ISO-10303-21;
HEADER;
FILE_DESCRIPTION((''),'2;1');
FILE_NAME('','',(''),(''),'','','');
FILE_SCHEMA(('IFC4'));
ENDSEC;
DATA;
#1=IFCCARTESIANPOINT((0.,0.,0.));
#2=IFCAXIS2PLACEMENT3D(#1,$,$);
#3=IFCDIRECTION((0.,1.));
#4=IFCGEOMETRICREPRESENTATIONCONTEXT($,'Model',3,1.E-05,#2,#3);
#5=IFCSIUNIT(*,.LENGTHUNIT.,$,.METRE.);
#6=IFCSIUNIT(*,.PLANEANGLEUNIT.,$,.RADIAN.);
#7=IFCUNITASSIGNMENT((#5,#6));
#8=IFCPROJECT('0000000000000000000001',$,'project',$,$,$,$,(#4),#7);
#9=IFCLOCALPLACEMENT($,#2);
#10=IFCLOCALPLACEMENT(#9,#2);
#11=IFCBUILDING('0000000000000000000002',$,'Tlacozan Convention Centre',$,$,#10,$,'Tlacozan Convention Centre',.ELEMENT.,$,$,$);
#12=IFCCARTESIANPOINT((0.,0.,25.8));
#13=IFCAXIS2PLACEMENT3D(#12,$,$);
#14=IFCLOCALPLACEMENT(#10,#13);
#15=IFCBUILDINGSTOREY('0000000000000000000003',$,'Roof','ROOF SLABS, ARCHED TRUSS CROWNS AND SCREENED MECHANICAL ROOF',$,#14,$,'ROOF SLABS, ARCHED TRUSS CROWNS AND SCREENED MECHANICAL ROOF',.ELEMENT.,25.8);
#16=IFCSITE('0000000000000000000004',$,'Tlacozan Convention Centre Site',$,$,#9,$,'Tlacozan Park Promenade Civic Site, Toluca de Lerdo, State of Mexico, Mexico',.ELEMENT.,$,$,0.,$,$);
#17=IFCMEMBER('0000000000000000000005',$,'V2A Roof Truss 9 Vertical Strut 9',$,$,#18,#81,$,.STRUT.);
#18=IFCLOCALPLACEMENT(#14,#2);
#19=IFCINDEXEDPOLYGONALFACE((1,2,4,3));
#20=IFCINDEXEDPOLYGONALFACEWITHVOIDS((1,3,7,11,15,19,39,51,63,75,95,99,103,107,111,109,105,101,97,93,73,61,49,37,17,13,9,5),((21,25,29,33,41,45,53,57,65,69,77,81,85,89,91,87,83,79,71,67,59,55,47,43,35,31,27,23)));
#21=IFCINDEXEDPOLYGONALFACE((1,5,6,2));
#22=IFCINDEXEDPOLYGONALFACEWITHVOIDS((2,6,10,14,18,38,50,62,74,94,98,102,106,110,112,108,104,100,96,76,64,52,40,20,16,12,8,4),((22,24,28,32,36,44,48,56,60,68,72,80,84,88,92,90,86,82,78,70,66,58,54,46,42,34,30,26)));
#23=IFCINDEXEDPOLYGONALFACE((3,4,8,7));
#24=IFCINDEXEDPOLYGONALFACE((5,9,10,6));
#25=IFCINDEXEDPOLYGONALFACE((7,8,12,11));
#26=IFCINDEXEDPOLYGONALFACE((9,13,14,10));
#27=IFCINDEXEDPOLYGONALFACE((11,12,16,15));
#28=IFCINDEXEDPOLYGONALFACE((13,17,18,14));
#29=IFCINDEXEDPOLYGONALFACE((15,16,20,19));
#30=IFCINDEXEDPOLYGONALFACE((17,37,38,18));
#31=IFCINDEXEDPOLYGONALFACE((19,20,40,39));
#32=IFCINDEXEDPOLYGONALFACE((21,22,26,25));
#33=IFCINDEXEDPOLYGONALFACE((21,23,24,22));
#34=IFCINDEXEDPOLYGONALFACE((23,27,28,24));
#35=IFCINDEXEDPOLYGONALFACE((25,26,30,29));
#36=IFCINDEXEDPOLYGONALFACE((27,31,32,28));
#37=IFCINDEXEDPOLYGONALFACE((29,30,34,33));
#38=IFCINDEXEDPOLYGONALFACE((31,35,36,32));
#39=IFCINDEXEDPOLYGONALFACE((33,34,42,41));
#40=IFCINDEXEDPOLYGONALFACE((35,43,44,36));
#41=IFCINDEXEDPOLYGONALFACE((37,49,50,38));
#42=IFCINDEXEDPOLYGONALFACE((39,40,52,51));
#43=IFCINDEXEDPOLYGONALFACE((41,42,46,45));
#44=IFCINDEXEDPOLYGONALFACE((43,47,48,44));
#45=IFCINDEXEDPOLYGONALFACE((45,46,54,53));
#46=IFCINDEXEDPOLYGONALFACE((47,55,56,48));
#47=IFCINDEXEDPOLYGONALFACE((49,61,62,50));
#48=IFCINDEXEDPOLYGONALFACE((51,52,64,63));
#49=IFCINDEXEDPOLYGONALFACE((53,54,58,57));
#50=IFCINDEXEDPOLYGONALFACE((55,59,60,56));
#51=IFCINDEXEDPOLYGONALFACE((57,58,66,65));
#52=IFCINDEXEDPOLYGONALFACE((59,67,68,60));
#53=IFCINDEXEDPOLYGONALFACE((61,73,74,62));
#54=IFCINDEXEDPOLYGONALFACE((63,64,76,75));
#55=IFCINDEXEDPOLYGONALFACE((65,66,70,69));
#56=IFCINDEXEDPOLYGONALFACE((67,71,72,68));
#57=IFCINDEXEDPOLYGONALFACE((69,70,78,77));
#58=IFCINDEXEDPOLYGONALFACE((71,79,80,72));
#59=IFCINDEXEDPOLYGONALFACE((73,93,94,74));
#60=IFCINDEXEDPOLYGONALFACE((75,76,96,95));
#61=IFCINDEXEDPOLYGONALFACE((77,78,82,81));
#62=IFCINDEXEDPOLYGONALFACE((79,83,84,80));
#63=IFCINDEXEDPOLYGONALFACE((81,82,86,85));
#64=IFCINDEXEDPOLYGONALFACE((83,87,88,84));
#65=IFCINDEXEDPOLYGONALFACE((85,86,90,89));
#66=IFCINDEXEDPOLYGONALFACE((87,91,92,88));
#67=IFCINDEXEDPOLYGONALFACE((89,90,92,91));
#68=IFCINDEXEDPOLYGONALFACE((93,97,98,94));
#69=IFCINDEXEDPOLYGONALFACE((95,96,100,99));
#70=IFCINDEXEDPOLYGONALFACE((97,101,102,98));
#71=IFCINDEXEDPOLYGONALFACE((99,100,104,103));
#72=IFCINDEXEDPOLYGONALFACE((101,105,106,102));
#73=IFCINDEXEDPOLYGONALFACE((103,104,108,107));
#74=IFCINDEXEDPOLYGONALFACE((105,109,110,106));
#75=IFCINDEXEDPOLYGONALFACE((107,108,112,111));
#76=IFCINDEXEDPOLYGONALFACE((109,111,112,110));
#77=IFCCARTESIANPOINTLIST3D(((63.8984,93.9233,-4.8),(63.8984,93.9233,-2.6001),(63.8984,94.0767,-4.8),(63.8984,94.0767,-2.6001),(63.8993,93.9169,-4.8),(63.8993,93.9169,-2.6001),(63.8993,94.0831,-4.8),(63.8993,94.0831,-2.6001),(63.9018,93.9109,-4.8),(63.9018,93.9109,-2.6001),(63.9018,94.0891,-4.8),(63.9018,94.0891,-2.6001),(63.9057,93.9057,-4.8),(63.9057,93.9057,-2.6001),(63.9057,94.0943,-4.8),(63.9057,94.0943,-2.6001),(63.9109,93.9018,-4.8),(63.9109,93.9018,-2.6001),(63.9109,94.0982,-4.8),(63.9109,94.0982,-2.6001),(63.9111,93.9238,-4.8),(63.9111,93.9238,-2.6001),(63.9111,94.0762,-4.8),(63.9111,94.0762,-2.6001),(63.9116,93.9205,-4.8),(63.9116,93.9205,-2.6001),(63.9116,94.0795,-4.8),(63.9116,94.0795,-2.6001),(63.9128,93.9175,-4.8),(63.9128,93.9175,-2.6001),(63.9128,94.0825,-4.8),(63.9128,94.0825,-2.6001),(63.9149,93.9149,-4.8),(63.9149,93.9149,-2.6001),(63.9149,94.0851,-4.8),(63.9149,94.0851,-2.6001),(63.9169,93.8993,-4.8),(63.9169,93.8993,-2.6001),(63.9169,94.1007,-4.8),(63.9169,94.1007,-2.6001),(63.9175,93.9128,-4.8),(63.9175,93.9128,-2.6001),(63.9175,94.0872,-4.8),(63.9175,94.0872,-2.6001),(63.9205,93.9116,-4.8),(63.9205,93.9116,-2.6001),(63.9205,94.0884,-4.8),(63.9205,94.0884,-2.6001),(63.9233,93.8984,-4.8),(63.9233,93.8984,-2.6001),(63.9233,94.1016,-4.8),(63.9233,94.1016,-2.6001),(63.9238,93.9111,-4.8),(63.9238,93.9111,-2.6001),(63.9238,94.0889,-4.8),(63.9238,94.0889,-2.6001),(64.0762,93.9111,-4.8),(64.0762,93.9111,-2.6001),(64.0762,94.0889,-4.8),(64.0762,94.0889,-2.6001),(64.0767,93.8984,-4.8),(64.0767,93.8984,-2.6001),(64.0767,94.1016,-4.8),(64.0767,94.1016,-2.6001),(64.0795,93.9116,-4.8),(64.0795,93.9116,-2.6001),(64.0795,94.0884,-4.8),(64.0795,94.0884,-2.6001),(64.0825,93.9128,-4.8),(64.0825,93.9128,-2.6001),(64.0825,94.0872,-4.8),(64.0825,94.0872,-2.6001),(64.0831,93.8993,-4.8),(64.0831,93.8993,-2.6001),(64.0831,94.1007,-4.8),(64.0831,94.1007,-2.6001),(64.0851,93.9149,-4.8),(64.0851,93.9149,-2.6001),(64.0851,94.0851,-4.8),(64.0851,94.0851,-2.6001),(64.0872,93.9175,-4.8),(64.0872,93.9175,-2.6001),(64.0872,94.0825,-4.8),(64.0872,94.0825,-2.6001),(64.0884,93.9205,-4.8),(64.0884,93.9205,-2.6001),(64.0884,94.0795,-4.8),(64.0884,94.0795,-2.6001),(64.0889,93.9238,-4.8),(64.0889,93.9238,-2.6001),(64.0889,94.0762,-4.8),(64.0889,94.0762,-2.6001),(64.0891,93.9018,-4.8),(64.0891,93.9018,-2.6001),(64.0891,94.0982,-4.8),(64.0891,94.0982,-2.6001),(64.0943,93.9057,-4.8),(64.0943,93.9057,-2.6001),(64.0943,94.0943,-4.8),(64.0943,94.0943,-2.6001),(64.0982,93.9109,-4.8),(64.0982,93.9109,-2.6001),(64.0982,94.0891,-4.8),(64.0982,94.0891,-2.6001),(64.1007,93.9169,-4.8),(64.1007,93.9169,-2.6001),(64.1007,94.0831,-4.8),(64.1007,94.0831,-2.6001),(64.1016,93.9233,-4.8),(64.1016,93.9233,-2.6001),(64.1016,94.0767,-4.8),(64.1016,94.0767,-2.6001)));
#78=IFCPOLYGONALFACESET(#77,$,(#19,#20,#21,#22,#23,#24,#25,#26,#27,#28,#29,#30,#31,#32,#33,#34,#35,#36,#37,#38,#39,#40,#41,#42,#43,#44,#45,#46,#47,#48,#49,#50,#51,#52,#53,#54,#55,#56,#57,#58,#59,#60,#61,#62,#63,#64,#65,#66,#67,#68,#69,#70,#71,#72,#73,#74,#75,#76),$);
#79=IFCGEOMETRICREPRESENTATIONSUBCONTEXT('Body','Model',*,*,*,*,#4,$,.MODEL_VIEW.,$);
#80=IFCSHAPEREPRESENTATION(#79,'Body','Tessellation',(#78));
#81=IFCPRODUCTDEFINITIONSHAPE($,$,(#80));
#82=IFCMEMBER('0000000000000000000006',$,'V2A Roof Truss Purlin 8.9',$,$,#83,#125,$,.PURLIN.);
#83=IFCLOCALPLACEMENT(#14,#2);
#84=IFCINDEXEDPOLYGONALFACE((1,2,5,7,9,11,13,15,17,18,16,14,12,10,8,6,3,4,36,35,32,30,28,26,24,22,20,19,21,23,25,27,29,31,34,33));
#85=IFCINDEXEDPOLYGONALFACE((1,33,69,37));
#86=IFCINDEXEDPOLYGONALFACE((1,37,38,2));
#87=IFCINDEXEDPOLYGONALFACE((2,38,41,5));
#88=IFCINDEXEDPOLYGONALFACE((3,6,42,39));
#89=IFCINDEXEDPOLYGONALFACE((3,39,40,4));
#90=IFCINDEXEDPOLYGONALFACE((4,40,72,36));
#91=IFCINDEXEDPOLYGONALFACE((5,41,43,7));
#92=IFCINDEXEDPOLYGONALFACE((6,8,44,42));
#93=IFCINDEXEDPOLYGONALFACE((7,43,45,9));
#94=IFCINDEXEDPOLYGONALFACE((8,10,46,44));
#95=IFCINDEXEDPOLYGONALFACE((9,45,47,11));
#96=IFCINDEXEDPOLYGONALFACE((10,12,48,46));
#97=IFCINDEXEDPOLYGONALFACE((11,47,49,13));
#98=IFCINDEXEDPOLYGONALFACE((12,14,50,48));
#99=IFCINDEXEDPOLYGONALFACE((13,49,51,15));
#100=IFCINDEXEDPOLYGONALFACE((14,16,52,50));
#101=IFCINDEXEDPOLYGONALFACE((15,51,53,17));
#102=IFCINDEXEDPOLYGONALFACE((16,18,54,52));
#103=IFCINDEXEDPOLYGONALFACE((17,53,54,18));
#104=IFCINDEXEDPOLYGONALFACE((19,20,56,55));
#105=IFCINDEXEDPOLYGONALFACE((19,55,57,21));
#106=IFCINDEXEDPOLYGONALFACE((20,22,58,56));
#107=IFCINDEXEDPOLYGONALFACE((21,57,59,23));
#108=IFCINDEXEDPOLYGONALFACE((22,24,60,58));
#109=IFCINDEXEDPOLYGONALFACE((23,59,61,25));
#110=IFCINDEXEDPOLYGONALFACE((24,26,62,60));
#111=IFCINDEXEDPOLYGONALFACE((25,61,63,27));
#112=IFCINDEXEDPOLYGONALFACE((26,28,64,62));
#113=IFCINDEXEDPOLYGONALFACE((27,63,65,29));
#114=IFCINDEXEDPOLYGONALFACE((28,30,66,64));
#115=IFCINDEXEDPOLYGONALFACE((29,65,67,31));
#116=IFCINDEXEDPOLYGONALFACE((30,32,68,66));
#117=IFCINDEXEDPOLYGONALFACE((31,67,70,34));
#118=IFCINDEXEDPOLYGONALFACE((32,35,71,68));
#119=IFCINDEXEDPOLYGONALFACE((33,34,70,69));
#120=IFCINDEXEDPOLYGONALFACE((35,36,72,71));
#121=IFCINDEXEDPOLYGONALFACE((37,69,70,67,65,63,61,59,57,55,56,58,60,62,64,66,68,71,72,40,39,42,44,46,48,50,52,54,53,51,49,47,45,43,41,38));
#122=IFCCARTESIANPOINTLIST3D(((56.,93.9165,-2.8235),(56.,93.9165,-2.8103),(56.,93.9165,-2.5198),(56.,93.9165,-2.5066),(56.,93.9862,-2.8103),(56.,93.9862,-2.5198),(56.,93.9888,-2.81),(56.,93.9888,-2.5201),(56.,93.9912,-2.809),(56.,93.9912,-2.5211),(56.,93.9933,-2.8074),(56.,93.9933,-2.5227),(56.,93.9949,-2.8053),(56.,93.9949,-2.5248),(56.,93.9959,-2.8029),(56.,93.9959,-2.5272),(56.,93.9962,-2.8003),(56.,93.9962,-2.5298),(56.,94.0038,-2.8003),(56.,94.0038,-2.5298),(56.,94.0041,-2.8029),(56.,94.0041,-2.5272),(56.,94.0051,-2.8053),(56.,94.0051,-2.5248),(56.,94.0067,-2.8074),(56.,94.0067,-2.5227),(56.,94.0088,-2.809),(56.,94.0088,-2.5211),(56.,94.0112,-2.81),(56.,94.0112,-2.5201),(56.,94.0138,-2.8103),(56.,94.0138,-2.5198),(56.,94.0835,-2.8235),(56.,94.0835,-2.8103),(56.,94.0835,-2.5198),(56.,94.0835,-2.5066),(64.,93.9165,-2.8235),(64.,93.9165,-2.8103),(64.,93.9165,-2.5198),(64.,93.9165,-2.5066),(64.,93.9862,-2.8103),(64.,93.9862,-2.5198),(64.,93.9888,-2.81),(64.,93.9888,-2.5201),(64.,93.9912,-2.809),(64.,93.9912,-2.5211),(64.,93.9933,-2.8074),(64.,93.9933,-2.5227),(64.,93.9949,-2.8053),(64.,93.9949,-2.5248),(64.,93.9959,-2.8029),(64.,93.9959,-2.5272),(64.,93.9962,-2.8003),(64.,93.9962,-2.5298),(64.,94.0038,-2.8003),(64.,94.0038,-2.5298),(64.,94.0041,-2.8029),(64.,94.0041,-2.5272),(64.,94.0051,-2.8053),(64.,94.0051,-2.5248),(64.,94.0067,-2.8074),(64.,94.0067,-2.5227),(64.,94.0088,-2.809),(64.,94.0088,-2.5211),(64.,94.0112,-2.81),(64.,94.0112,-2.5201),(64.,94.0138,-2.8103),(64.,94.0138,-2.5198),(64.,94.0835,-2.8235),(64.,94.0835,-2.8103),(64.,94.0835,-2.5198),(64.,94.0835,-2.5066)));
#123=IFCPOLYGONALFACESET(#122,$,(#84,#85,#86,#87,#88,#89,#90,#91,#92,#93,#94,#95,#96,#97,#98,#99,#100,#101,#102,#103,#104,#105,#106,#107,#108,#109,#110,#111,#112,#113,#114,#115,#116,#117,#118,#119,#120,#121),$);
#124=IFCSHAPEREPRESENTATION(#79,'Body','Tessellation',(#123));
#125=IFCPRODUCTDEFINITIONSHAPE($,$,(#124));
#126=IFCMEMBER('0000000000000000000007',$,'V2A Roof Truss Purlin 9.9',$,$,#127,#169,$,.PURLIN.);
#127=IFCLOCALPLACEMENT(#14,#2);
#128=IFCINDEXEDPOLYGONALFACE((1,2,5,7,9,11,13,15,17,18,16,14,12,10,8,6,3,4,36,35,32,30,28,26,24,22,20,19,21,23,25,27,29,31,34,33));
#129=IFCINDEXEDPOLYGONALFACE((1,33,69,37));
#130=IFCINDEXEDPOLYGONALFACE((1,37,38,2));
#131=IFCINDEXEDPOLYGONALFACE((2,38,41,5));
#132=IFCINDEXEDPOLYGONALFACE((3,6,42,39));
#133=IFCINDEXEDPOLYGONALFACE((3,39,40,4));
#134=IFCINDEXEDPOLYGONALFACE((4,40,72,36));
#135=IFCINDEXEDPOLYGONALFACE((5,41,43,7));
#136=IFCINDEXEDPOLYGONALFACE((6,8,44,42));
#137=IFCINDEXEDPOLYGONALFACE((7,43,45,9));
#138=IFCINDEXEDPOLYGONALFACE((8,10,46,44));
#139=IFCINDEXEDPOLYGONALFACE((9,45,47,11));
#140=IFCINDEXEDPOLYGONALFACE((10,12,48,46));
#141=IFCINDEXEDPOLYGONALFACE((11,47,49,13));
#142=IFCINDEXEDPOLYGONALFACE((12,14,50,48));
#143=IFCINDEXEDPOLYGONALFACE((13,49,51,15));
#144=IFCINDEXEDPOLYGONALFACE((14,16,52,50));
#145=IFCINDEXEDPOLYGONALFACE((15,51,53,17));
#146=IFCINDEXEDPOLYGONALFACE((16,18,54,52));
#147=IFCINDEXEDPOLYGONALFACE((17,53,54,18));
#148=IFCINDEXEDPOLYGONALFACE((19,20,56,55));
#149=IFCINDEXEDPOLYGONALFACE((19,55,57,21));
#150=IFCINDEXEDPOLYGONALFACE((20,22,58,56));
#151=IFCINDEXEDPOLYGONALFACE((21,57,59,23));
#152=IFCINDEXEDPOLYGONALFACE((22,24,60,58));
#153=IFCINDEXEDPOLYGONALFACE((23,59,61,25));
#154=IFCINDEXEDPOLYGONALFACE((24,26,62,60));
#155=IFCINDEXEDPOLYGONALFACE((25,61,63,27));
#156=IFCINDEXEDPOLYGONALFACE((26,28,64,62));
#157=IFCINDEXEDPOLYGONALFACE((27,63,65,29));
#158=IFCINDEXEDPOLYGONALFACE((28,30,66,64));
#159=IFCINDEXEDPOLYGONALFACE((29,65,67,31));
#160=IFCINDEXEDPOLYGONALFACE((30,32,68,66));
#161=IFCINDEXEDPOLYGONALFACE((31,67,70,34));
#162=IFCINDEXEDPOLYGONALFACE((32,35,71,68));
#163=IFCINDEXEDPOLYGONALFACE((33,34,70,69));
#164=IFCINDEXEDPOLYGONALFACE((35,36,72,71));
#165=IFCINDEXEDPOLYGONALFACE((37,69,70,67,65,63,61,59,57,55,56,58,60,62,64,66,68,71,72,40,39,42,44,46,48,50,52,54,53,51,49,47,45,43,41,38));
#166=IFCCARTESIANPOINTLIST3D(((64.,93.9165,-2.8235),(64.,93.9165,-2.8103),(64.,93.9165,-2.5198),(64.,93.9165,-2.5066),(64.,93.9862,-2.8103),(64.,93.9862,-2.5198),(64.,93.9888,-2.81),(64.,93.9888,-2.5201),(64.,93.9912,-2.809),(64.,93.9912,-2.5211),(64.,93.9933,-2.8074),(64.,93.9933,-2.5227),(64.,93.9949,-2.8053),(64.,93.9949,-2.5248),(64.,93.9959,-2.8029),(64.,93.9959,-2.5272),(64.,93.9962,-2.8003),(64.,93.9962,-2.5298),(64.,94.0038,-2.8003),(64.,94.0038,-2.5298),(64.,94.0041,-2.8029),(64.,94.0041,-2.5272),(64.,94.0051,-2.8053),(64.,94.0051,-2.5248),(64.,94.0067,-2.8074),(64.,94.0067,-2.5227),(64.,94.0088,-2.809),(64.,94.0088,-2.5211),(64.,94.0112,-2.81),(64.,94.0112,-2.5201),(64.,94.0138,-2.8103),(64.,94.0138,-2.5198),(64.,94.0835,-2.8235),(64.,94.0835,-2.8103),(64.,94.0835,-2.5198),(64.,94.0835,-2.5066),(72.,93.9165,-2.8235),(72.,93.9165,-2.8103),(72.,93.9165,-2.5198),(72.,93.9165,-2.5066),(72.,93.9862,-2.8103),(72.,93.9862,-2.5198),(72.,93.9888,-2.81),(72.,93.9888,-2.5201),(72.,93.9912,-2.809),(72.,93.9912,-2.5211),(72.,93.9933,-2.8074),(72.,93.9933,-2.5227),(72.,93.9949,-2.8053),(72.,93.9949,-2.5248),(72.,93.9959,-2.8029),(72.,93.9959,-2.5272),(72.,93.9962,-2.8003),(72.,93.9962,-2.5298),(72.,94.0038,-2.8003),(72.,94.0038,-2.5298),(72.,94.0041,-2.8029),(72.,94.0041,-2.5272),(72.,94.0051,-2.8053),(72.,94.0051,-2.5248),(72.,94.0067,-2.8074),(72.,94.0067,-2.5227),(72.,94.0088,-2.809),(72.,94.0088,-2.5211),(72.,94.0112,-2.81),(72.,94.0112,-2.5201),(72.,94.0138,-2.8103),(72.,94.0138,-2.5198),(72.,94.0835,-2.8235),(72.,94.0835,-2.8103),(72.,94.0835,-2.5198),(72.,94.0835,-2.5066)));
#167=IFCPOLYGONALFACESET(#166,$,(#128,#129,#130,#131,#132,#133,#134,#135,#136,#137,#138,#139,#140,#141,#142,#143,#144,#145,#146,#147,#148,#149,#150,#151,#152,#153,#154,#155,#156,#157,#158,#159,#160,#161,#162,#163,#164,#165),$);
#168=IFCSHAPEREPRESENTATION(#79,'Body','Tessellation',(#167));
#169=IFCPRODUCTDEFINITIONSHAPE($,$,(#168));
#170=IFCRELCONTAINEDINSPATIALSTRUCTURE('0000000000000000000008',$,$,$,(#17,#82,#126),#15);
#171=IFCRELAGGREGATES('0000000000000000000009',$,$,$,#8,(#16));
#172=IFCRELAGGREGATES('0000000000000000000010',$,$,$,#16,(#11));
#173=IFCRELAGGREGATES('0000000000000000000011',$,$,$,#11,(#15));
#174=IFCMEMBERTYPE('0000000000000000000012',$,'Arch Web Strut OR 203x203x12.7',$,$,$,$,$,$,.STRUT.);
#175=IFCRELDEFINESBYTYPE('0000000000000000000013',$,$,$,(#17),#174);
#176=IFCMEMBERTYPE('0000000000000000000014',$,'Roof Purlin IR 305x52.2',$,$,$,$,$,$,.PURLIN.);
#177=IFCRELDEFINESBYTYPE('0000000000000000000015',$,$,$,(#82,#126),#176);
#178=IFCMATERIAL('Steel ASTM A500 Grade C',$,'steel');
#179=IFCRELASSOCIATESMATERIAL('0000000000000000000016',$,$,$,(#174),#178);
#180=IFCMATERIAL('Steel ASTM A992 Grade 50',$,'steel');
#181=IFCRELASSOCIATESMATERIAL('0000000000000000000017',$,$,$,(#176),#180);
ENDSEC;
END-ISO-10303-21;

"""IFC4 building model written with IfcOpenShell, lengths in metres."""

from ifc_helpers import new_model, si_unit, direction, frame, origin, origin_2d, place, context, subcontext, project, spatial, hollow_rectangle, i_section, extrude, material, material_profile, profile_set, type_object, element, save


model = new_model("IFC4")

# Units and contexts
model_context = context("Model", 3, precision=1e-05, world=origin(), true_north=direction((0.0, 1.0)))
body_context = subcontext(model_context, "Body", "Model", "MODEL_VIEW")
ifc_project = project(units=[si_unit("LENGTHUNIT", "METRE"), si_unit("PLANEANGLEUNIT", "RADIAN")], contexts=[model_context])

# Site, building, storey
site_placement = place(None, origin())
site = spatial("IfcSite", under=ifc_project, at=site_placement, Name="Tlacozan Convention Centre Site", LongName="Tlacozan Park Promenade Civic Site, Toluca de Lerdo, State of Mexico, Mexico", CompositionType="ELEMENT", RefElevation=0.0)
building_placement = place(site_placement, origin())
building = spatial("IfcBuilding", under=site, at=building_placement, Name="Tlacozan Convention Centre", LongName="Tlacozan Convention Centre", CompositionType="ELEMENT")
storey_placement = place(building_placement, frame((0.0, 0.0, 25.8)))
storey = spatial("IfcBuildingStorey", under=building, at=storey_placement, Name="Roof", Description="ROOF SLABS, ARCHED TRUSS CROWNS AND SCREENED MECHANICAL ROOF", LongName="ROOF SLABS, ARCHED TRUSS CROWNS AND SCREENED MECHANICAL ROOF", CompositionType="ELEMENT", Elevation=25.8)

# Members
ifc_material_1 = material(Name="Steel ASTM A500 Grade C", Category="steel")
ifc_material_profile_1 = material_profile(ifc_material_1, hollow_rectangle(XDim=0.2031, YDim=0.2031, WallThickness=0.0127, InnerFilletRadius=0.0127, OuterFilletRadius=0.0249, at=origin_2d()), Name="OR 203x203x12.7")
ifc_profile_set_1 = profile_set([ifc_material_profile_1], Name="Steel ASTM A500 Grade C")
member_type_1 = type_object("IfcMemberType", Name="Arch Web Strut OR 203x203x12.7", PredefinedType="STRUT", material=ifc_profile_set_1)
for number, where, z_axis, x_axis, name in (
    (1, (64.0, 94.0, -4.8), (0.0, 0.0, 1.0), (1.0, 0.0, 0.0), "V2A Roof Truss 9 Vertical Strut 9"),
):
    element("IfcMember", number, at=place(storey_placement, frame(where, z_axis=z_axis, x_axis=x_axis)), inside=storey, type_object=member_type_1, Name=name, PredefinedType="STRUT", context=body_context, shape_type="SweptSolid", body=[
        extrude(hollow_rectangle(XDim=0.2031, YDim=0.2031, WallThickness=0.0127, InnerFilletRadius=0.0127, OuterFilletRadius=0.0249, at=origin_2d()), origin(), (0.0, 0.0, 1.0), 2.2),
    ])
ifc_material_2 = material(Name="Steel ASTM A992 Grade 50", Category="steel")
ifc_material_profile_2 = material_profile(ifc_material_2, i_section(OverallWidth=0.167, OverallDepth=0.3169, WebThickness=0.0076, FlangeThickness=0.0132, FilletRadius=0.01, at=origin_2d()), Name="IR 305x52.2")
ifc_profile_set_2 = profile_set([ifc_material_profile_2], Name="Steel ASTM A992 Grade 50")
member_type_2 = type_object("IfcMemberType", Name="Roof Purlin IR 305x52.2", PredefinedType="PURLIN", material=ifc_profile_set_2)
for number, where, z_axis, x_axis, name in (
    (2, (56.0, 94.0, -2.665), (1.0, 0.0, 0.0), (0.0, 1.0, 0.0), "V2A Roof Truss Purlin 8.9"),
    (3, (64.0, 94.0, -2.665), (1.0, 0.0, 0.0), (0.0, 1.0, 0.0), "V2A Roof Truss Purlin 9.9"),
):
    element("IfcMember", number, at=place(storey_placement, frame(where, z_axis=z_axis, x_axis=x_axis)), inside=storey, type_object=member_type_2, Name=name, PredefinedType="PURLIN", context=body_context, shape_type="SweptSolid", body=[
        extrude(i_section(OverallWidth=0.167, OverallDepth=0.3169, WebThickness=0.0076, FlangeThickness=0.0132, FilletRadius=0.01, at=origin_2d()), origin(), (0.0, 0.0, 1.0), 8.0),
    ])

save(model, "model.ifc")
